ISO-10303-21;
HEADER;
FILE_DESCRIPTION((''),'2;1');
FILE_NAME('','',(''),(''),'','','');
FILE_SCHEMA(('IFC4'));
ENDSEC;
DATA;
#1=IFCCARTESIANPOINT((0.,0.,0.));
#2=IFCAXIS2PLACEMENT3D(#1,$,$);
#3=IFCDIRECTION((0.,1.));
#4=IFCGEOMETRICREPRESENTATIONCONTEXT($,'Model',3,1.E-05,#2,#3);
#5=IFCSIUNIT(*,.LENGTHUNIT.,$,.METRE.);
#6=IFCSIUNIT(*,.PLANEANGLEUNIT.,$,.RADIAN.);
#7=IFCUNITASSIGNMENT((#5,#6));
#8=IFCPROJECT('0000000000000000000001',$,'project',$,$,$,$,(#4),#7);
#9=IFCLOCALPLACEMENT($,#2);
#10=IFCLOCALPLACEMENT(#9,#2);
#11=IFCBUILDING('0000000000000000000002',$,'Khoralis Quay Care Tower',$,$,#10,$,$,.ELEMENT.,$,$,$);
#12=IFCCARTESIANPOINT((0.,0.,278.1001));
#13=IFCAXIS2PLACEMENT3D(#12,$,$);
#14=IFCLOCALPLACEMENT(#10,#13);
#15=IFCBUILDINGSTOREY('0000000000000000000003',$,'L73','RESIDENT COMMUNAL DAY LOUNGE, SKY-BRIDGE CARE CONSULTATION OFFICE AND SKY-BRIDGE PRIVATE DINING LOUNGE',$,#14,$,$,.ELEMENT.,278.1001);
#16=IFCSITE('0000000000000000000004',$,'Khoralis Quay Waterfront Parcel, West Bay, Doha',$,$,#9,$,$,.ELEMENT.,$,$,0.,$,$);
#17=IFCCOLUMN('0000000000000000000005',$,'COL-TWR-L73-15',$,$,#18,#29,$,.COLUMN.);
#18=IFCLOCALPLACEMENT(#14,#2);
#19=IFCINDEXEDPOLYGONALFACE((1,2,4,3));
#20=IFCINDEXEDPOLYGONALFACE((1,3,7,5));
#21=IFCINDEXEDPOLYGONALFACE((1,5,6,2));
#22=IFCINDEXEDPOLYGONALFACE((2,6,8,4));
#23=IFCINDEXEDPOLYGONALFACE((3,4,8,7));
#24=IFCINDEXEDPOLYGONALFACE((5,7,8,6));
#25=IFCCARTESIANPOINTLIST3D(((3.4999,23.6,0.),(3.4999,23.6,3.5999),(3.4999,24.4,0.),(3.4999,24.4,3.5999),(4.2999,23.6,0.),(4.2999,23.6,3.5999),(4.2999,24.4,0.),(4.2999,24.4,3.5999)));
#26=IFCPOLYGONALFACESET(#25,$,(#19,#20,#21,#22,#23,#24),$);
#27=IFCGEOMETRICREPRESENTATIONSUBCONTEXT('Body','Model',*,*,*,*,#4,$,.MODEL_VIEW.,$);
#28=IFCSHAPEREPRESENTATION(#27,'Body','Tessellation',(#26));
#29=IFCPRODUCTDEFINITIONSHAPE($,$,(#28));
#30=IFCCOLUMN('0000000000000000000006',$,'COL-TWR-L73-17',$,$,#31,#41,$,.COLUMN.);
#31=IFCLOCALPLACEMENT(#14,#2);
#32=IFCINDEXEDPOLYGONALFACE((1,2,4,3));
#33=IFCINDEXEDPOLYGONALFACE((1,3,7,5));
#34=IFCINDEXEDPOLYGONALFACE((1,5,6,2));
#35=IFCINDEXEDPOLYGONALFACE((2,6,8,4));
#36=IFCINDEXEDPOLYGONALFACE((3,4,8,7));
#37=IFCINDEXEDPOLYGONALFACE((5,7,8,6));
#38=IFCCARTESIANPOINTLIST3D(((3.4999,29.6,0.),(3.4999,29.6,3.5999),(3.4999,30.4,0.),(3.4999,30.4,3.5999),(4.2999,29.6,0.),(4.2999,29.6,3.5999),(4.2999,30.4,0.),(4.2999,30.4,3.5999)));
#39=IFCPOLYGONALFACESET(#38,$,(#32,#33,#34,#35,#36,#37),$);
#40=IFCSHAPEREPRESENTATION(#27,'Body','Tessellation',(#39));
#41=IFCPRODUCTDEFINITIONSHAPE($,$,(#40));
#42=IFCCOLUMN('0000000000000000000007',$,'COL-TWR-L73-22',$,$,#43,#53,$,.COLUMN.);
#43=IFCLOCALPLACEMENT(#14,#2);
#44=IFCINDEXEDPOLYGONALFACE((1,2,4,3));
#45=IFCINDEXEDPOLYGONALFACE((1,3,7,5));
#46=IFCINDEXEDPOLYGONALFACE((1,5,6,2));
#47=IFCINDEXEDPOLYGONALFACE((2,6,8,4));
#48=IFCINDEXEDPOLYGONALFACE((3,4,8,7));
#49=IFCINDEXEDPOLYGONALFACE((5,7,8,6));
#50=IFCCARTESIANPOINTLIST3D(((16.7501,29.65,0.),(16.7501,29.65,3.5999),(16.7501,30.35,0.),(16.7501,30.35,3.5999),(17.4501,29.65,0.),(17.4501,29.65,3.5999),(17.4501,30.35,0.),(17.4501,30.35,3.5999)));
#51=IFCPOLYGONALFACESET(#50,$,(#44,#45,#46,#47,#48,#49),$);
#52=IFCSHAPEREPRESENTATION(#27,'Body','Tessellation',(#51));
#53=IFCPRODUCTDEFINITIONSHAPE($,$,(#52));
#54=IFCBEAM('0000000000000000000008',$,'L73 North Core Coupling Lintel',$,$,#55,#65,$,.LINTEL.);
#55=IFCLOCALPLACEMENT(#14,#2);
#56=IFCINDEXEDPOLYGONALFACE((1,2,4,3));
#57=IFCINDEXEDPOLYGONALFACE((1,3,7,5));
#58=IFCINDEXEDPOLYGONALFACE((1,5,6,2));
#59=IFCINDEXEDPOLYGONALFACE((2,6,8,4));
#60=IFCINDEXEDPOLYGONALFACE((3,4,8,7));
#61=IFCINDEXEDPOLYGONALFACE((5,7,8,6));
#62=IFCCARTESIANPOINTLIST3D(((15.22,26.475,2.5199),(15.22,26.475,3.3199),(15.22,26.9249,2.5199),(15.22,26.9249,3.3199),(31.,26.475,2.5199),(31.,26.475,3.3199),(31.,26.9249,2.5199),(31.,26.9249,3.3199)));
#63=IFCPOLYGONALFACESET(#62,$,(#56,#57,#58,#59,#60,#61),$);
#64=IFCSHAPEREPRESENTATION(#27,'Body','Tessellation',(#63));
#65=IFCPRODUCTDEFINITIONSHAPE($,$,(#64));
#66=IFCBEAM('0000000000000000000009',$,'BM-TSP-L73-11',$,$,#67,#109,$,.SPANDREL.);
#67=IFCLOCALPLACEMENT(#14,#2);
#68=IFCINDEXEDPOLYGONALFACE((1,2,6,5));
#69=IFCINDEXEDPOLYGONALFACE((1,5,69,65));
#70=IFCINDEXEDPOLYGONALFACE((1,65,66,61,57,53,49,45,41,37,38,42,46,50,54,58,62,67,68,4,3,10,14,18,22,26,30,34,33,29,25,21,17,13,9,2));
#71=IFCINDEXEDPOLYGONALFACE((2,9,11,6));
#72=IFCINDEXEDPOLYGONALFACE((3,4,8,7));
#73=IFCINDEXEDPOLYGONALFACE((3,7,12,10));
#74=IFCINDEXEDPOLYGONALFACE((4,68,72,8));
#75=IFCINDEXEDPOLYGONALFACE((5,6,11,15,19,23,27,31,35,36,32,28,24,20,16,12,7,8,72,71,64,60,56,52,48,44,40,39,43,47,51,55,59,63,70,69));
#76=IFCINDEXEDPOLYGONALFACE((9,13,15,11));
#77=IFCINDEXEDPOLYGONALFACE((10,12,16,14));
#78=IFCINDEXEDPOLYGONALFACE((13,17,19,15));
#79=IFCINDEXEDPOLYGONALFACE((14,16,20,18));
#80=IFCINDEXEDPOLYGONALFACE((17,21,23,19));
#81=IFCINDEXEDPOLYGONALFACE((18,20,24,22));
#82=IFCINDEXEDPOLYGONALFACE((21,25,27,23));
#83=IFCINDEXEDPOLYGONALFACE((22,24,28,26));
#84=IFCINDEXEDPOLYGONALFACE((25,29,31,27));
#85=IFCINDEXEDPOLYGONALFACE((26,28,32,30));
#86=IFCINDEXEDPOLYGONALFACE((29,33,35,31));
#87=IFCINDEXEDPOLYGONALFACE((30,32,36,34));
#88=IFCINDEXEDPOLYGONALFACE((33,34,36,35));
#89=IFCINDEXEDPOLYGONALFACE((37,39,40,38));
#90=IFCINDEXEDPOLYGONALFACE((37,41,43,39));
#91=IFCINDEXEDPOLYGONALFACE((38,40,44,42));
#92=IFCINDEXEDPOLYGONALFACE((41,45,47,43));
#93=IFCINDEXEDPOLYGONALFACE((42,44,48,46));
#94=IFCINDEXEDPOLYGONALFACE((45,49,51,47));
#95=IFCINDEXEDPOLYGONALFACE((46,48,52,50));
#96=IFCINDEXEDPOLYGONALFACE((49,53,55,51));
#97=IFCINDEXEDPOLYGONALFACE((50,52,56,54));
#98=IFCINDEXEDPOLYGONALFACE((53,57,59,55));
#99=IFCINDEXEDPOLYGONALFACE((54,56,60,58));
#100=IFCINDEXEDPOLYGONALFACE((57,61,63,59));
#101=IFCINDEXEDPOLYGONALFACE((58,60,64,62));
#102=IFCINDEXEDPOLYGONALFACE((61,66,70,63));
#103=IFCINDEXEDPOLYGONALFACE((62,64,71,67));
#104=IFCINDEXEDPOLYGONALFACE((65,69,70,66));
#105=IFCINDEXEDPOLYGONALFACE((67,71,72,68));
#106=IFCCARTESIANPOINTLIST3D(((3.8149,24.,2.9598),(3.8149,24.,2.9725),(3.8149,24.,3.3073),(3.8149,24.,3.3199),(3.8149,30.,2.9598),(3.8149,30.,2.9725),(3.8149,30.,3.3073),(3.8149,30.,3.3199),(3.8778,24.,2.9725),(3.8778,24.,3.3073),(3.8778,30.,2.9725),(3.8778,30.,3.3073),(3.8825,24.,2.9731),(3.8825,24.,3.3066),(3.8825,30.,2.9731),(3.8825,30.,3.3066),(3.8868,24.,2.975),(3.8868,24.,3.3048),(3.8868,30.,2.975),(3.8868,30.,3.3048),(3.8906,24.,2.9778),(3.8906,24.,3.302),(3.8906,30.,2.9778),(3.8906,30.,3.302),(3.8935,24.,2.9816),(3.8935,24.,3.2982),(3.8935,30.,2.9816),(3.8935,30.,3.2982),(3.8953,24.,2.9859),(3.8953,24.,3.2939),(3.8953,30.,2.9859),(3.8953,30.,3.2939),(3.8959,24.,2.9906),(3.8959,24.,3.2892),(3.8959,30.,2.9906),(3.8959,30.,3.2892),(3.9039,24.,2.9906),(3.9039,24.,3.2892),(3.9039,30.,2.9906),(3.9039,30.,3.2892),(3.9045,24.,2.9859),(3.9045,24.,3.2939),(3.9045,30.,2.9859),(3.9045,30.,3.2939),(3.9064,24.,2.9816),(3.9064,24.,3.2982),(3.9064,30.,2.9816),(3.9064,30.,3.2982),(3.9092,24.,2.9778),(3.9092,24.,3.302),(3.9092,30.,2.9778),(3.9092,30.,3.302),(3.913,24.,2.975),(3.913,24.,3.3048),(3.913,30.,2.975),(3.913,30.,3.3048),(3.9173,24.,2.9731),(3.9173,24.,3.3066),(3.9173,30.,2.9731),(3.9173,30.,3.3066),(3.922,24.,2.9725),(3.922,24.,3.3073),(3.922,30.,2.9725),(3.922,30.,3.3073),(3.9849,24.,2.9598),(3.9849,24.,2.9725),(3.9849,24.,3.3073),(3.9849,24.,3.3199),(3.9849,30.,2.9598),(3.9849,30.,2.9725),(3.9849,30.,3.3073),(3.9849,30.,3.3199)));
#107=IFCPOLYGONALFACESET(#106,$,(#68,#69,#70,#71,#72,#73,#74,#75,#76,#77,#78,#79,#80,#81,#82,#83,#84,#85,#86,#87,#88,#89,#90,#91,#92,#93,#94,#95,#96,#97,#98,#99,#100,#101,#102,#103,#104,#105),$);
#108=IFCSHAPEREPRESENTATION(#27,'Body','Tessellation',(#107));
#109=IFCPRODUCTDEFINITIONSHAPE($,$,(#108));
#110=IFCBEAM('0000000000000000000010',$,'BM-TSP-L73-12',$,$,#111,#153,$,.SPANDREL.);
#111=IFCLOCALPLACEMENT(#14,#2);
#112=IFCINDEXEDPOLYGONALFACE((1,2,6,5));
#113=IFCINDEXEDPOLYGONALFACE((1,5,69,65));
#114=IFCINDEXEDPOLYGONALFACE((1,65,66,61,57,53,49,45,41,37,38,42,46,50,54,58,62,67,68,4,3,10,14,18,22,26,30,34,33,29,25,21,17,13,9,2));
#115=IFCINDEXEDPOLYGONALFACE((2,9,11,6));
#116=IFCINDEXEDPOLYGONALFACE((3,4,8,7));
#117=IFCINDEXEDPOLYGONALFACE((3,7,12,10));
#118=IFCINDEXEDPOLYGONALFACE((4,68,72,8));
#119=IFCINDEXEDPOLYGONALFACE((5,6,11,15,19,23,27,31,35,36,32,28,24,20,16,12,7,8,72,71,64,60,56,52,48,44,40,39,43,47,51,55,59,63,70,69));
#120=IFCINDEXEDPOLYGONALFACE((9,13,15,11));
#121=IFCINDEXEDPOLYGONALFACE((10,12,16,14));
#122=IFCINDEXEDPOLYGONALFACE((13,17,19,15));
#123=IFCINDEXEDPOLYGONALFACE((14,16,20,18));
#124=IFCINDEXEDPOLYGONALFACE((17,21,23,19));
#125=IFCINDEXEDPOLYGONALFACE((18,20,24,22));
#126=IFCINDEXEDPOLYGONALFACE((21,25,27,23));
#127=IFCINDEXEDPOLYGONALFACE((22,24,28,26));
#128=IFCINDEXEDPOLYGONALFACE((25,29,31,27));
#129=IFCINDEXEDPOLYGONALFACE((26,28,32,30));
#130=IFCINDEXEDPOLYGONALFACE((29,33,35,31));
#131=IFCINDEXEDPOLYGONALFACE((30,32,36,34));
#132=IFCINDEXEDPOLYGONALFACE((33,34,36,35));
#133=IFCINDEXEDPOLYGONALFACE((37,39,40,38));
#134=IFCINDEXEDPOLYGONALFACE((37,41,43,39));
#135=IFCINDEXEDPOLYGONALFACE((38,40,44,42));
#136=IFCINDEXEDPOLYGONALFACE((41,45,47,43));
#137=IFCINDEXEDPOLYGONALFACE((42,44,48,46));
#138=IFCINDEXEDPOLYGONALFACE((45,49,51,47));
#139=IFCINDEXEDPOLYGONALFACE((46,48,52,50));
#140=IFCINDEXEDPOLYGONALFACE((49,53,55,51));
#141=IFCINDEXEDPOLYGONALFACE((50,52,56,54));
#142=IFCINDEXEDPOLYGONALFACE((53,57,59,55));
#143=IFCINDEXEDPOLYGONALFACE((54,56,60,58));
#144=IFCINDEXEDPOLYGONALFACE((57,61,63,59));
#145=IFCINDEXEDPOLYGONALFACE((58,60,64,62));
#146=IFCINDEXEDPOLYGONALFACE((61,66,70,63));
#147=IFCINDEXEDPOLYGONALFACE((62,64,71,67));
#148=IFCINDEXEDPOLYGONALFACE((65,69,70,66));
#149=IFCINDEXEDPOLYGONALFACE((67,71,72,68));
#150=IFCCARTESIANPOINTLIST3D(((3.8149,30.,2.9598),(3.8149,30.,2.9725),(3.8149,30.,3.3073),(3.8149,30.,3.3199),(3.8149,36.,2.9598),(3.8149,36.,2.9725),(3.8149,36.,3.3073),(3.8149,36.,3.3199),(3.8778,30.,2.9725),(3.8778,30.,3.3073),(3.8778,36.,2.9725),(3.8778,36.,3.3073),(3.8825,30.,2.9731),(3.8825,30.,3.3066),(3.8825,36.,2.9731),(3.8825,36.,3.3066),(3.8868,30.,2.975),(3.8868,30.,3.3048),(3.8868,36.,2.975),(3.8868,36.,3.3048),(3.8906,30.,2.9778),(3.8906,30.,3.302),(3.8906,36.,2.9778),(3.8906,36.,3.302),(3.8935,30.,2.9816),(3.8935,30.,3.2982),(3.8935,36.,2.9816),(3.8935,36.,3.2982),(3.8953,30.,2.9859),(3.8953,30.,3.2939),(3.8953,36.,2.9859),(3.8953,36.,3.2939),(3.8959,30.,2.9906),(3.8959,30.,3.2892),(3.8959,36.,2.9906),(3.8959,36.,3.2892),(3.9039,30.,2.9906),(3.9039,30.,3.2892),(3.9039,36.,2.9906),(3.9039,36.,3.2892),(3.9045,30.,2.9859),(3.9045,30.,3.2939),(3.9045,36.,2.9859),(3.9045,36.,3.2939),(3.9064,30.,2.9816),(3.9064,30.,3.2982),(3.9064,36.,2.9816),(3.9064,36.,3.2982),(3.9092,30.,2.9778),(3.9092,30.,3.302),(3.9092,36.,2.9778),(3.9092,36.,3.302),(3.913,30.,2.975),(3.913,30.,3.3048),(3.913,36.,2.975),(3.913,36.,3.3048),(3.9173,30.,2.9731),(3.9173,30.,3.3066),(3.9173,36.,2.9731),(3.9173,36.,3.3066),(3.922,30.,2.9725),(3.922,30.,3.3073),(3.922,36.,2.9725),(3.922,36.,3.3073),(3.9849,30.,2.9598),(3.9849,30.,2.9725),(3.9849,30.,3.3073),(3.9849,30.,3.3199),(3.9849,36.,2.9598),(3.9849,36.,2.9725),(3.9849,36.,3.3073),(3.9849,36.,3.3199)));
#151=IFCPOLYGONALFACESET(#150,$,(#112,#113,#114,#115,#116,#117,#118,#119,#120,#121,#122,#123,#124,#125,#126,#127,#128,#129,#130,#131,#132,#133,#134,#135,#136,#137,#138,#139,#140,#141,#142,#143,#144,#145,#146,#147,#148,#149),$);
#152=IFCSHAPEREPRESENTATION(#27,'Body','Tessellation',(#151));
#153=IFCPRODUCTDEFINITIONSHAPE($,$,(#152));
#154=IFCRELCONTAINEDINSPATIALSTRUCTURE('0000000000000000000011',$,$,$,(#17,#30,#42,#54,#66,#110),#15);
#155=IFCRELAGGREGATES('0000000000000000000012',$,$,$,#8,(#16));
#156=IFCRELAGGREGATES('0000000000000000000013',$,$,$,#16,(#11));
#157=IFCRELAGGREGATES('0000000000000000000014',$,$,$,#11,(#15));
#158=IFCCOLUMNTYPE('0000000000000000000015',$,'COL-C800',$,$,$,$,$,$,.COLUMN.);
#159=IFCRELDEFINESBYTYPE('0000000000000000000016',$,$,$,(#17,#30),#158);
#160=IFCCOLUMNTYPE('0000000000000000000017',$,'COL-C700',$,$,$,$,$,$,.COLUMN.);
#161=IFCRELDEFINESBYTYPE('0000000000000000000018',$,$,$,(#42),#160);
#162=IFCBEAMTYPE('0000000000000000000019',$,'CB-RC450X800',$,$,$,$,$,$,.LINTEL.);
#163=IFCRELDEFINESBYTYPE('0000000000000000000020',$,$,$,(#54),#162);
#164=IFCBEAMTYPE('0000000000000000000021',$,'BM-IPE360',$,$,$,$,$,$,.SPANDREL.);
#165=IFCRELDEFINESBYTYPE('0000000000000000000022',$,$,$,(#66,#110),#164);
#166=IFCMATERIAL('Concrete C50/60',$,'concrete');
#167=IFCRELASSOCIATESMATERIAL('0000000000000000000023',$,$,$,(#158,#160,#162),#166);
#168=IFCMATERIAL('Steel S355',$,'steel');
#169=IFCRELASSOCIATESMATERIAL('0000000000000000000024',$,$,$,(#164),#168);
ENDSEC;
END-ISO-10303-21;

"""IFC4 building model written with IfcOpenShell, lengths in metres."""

from ifc_helpers import new_model, si_unit, direction, frame, origin, origin_2d, place, context, subcontext, project, spatial, rectangle, i_section, extrude, source, transform, mapped, material, material_profile, profile_set, type_object, element, save


model = new_model("IFC4")

# Units and contexts
model_context = context("Model", 3, precision=1e-05, world=origin(), true_north=direction((0.0, 1.0)))
body_context = subcontext(model_context, "Body", "Model", "MODEL_VIEW")
ifc_project = project(units=[si_unit("LENGTHUNIT", "METRE"), si_unit("PLANEANGLEUNIT", "RADIAN")], contexts=[model_context])

# Site, building, storey
site_placement = place(None, origin())
site = spatial("IfcSite", under=ifc_project, at=site_placement, Name="Khoralis Quay Waterfront Parcel, West Bay, Doha", CompositionType="ELEMENT", RefElevation=0.0)
building_placement = place(site_placement, origin())
building = spatial("IfcBuilding", under=site, at=building_placement, Name="Khoralis Quay Care Tower", CompositionType="ELEMENT")
storey_placement = place(building_placement, frame((0.0, 0.0, 278.1001)))
storey = spatial("IfcBuildingStorey", under=building, at=storey_placement, Name="L73", Description="RESIDENT COMMUNAL DAY LOUNGE, SKY-BRIDGE CARE CONSULTATION OFFICE AND SKY-BRIDGE PRIVATE DINING LOUNGE", CompositionType="ELEMENT", Elevation=278.1001)

# Columns
ifc_material_1 = material(Name="Concrete C50/60", Category="concrete")
ifc_material_profile_1 = material_profile(ifc_material_1, rectangle(XDim=0.8, YDim=0.8, at=origin_2d()), Name="Concrete C50/60")
ifc_profile_set_1 = profile_set([ifc_material_profile_1], Name="Concrete C50/60")
column_type_1 = type_object("IfcColumnType", Name="COL-C800", PredefinedType="COLUMN", material=ifc_profile_set_1)
shared_shape_1 = source(origin(), body_context, "Body", "SweptSolid", [
    extrude(rectangle(XDim=0.8, YDim=0.8, at=origin_2d()), origin(), (0.0, 0.0, 1.0), 3.5999),
])
for number, where, z_axis, x_axis, name in (
    (1, (3.8999, 24.0, 0.0), (0.0, 0.0, 1.0), (1.0, 0.0, 0.0), "COL-TWR-L73-15"),
    (2, (3.8999, 30.0, 0.0), (0.0, 0.0, 1.0), (1.0, 0.0, 0.0), "COL-TWR-L73-17"),
):
    element("IfcColumn", number, at=place(storey_placement, frame(where, z_axis=z_axis, x_axis=x_axis)), inside=storey, type_object=column_type_1, Name=name, PredefinedType="COLUMN", context=body_context, shape_type="MappedRepresentation", body=[
        mapped(shared_shape_1, transform((0.0, 0.0, 0.0), scale=1.0)),
    ])
ifc_material_profile_2 = material_profile(ifc_material_1, rectangle(XDim=0.7, YDim=0.7, at=origin_2d()), Name="Concrete C50/60")
ifc_profile_set_2 = profile_set([ifc_material_profile_2], Name="Concrete C50/60")
column_type_2 = type_object("IfcColumnType", Name="COL-C700", PredefinedType="COLUMN", material=ifc_profile_set_2)
shared_shape_2 = source(origin(), body_context, "Body", "SweptSolid", [
    extrude(rectangle(XDim=0.7, YDim=0.7, at=origin_2d()), origin(), (0.0, 0.0, 1.0), 3.5999),
])
column_placement = place(storey_placement, frame((17.1001, 30.0, 0.0), z_axis=(0.0, 0.0, 1.0), x_axis=(1.0, 0.0, 0.0)))
element("IfcColumn", 3, at=column_placement, inside=storey, type_object=column_type_2, Name="COL-TWR-L73-22", PredefinedType="COLUMN", context=body_context, shape_type="MappedRepresentation", body=[
    mapped(shared_shape_2, transform((0.0, 0.0, 0.0), scale=1.0)),
])

# Beams
ifc_material_profile_3 = material_profile(ifc_material_1, rectangle(XDim=0.45, YDim=0.8, at=origin_2d()), Name="Concrete C50/60")
ifc_profile_set_3 = profile_set([ifc_material_profile_3], Name="Concrete C50/60")
beam_type_1 = type_object("IfcBeamType", Name="CB-RC450X800", PredefinedType="LINTEL", material=ifc_profile_set_3)
shared_shape_3 = source(origin(), body_context, "Body", "SweptSolid", [
    extrude(rectangle(XDim=0.45, YDim=0.8, at=origin_2d()), origin(), (0.0, 0.0, 1.0), 15.78),
])
beam_1_placement = place(storey_placement, frame((15.22, 26.7, 2.9199), z_axis=(1.0, 0.0, 0.0), x_axis=(0.0, 1.0, 0.0)))
element("IfcBeam", 4, at=beam_1_placement, inside=storey, type_object=beam_type_1, Name="L73 North Core Coupling Lintel", PredefinedType="LINTEL", context=body_context, shape_type="MappedRepresentation", body=[
    mapped(shared_shape_3, transform((0.0, 0.0, 0.0), scale=1.0)),
])
ifc_material_2 = material(Name="Steel S355", Category="steel")
ifc_material_profile_4 = material_profile(ifc_material_2, i_section(OverallWidth=0.1699, OverallDepth=0.3601, WebThickness=0.0081, FlangeThickness=0.0127, FilletRadius=0.0181, at=origin_2d()), Name="Steel S355")
ifc_profile_set_4 = profile_set([ifc_material_profile_4], Name="Steel S355")
beam_type_2 = type_object("IfcBeamType", Name="BM-IPE360", PredefinedType="SPANDREL", material=ifc_profile_set_4)
shared_shape_4 = source(origin(), body_context, "Body", "SweptSolid", [
    extrude(i_section(OverallWidth=0.1699, OverallDepth=0.3601, WebThickness=0.0081, FlangeThickness=0.0127, FilletRadius=0.0181, at=origin_2d()), origin(), (0.0, 0.0, 1.0), 6.0),
])
for number, where, z_axis, x_axis, name in (
    (5, (3.8999, 24.0, 3.1399), (0.0, 1.0, 0.0), (-1.0, 0.0, 0.0), "BM-TSP-L73-11"),
    (6, (3.8999, 30.0, 3.1399), (0.0, 1.0, 0.0), (-1.0, 0.0, 0.0), "BM-TSP-L73-12"),
):
    element("IfcBeam", number, at=place(storey_placement, frame(where, z_axis=z_axis, x_axis=x_axis)), inside=storey, type_object=beam_type_2, Name=name, PredefinedType="SPANDREL", context=body_context, shape_type="MappedRepresentation", body=[
        mapped(shared_shape_4, transform((0.0, 0.0, 0.0), scale=1.0)),
    ])

save(model, "model.ifc")
